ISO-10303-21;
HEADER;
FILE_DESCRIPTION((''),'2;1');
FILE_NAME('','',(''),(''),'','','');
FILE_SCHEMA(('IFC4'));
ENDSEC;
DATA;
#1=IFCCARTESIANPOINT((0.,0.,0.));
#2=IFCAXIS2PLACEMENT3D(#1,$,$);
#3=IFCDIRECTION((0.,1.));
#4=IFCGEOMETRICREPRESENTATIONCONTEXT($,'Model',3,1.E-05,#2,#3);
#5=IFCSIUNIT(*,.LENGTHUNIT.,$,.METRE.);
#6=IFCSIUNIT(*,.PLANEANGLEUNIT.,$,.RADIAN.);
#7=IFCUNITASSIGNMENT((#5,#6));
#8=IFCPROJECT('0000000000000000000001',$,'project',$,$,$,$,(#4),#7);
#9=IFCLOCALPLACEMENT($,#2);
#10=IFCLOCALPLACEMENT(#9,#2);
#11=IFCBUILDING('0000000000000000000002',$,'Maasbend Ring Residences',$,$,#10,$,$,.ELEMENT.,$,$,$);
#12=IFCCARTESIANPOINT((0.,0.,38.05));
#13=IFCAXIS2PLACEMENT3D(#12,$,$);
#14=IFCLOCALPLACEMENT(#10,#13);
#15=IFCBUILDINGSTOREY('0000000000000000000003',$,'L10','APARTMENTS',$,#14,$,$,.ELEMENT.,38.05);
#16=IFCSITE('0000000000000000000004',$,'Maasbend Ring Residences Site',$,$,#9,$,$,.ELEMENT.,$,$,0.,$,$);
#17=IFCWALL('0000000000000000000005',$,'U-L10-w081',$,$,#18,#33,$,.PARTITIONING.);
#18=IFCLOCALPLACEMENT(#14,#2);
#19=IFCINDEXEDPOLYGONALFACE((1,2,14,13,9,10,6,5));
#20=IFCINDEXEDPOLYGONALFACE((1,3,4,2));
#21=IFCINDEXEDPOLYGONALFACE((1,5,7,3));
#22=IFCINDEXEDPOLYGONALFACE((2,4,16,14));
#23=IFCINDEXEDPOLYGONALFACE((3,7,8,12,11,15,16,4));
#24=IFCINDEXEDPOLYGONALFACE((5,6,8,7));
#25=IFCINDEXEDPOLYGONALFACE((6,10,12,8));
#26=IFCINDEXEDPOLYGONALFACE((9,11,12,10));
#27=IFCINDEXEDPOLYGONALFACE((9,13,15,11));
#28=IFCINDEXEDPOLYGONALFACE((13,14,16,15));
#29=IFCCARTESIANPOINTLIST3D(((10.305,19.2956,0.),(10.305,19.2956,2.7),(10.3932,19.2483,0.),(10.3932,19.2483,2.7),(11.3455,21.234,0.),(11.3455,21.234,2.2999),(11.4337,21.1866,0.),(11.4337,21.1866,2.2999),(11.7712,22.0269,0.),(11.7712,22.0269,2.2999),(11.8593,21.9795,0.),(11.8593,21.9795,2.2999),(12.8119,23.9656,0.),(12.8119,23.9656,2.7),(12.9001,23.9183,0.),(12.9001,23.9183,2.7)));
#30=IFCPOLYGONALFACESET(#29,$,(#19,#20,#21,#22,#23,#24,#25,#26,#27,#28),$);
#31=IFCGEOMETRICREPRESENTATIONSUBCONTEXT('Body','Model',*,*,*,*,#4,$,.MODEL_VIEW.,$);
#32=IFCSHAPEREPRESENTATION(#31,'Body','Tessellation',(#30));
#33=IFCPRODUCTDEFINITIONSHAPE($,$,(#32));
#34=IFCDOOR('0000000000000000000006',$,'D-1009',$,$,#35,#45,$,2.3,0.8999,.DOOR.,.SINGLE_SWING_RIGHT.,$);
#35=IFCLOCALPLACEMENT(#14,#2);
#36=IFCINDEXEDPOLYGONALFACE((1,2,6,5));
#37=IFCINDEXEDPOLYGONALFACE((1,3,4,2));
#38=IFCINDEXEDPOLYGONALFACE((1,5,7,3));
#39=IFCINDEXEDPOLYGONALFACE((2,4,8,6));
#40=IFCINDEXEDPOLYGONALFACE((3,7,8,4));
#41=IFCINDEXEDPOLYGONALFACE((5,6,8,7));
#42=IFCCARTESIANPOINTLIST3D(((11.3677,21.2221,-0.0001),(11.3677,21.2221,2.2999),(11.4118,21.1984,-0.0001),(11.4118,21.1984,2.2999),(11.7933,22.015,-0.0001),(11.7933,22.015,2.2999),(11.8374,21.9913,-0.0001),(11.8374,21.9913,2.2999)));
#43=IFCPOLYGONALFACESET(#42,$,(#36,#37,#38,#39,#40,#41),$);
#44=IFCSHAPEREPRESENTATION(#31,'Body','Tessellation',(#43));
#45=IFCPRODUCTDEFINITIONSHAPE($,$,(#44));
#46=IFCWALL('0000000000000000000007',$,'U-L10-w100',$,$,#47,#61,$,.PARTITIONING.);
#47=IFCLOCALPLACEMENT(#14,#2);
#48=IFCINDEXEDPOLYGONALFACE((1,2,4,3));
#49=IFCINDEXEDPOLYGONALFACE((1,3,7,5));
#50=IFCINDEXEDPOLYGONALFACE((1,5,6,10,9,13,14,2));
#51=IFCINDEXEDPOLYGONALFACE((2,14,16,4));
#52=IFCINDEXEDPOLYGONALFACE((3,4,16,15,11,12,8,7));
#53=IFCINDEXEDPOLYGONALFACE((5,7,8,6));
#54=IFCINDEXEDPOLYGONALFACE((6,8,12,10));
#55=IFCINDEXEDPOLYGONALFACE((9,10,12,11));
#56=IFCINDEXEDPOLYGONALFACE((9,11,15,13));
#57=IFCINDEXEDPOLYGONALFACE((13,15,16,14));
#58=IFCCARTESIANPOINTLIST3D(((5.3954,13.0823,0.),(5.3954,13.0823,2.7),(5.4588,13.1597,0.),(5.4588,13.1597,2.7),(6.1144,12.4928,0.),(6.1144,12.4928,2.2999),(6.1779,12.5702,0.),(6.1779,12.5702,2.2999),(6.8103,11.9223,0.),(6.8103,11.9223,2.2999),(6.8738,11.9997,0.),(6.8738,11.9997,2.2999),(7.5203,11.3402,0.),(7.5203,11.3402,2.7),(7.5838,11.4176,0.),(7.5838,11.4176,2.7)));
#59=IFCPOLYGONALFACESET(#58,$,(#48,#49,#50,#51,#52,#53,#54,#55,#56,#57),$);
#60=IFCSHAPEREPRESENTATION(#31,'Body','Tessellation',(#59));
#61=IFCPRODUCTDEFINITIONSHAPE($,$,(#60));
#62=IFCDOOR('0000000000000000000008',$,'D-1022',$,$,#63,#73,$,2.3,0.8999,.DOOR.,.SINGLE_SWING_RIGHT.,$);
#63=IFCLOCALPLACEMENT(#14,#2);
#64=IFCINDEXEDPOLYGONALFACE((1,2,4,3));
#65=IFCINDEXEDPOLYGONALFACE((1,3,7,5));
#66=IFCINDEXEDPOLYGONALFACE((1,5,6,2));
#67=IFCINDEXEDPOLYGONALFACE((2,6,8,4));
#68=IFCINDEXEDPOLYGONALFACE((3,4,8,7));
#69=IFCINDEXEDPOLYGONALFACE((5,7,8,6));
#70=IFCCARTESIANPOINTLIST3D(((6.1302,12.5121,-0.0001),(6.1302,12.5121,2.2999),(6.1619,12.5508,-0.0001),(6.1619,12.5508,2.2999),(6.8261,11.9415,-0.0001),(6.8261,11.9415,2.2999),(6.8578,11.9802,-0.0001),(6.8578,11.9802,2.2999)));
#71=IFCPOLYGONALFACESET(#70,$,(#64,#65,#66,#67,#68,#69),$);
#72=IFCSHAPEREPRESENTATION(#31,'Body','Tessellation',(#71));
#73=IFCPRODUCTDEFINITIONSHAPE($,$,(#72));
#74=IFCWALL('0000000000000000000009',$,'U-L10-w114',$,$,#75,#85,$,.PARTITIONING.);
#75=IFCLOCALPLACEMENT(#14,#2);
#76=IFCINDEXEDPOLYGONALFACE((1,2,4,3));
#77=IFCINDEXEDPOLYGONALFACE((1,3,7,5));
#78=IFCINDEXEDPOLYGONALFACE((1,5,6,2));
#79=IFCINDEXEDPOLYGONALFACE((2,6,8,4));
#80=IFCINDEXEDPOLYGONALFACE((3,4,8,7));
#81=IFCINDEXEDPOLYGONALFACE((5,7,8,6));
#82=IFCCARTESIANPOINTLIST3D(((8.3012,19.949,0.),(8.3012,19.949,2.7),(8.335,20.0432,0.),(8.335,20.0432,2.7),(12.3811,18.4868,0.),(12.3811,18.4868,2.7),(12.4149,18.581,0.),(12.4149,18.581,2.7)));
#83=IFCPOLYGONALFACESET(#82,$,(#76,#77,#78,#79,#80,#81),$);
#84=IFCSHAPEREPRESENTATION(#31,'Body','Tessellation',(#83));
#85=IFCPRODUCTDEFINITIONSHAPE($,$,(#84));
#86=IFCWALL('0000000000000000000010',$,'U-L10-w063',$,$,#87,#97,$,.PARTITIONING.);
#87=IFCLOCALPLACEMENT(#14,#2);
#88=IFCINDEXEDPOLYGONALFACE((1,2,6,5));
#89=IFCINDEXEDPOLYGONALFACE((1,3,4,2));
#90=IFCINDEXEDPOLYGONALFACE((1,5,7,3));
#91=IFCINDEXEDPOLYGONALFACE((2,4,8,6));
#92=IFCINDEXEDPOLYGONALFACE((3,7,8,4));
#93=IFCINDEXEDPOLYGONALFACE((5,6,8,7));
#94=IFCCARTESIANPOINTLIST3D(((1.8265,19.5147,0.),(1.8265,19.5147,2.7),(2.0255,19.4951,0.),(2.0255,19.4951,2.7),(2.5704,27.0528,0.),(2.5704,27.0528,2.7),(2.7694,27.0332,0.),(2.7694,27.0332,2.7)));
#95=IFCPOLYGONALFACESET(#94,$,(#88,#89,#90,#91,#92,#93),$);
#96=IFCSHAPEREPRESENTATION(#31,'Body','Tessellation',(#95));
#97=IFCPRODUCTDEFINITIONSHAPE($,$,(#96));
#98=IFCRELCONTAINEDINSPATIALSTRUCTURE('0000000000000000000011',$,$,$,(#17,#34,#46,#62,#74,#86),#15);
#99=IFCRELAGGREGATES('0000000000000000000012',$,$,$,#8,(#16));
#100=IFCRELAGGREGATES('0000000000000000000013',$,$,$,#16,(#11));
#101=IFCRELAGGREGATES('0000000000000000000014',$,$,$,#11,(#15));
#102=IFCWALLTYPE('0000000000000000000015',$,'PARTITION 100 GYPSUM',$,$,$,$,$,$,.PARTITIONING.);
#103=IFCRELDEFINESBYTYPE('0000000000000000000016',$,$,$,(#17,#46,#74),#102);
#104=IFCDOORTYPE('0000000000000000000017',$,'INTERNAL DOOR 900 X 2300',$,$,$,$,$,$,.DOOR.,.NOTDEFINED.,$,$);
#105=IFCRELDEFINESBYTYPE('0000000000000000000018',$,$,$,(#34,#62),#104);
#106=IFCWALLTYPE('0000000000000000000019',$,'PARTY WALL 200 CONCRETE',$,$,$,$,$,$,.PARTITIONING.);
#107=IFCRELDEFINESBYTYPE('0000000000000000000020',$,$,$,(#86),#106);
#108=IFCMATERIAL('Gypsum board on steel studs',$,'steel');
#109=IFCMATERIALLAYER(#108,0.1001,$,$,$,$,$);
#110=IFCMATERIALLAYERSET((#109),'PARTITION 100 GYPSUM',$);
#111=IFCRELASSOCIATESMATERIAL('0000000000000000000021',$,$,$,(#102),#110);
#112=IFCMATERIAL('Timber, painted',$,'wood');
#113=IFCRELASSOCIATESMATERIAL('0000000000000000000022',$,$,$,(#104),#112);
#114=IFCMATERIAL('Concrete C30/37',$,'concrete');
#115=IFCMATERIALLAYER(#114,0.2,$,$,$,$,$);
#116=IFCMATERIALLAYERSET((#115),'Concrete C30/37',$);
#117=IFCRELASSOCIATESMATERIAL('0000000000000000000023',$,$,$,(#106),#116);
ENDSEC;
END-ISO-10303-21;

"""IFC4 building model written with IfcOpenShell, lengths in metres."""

from ifc_helpers import new_model, si_unit, direction, frame, frame_2d, origin, place, context, subcontext, project, spatial, rectangle, extrude, material, layer, layer_set, type_object, element, fill, save


model = new_model("IFC4")

# Units and contexts
model_context = context("Model", 3, precision=1e-05, world=origin(), true_north=direction((0.0, 1.0)))
body_context = subcontext(model_context, "Body", "Model", "MODEL_VIEW")
ifc_project = project(units=[si_unit("LENGTHUNIT", "METRE"), si_unit("PLANEANGLEUNIT", "RADIAN")], contexts=[model_context])

# Site, building, storey
site_placement = place(None, origin())
site = spatial("IfcSite", under=ifc_project, at=site_placement, Name="Maasbend Ring Residences Site", CompositionType="ELEMENT", RefElevation=0.0)
building_placement = place(site_placement, origin())
building = spatial("IfcBuilding", under=site, at=building_placement, Name="Maasbend Ring Residences", CompositionType="ELEMENT")
storey_placement = place(building_placement, frame((0.0, 0.0, 38.05)))
storey = spatial("IfcBuildingStorey", under=building, at=storey_placement, Name="L10", Description="APARTMENTS", CompositionType="ELEMENT", Elevation=38.05)

# Shared definitions
ifc_material_1 = material(Name="Gypsum board on steel studs", Category="steel")
ifc_layer_1 = layer(ifc_material_1, 0.1001)
ifc_layer_set_1 = layer_set([ifc_layer_1], Name="PARTITION 100 GYPSUM")
wall_type_1 = type_object("IfcWallType", Name="PARTITION 100 GYPSUM", PredefinedType="PARTITIONING", material=ifc_layer_set_1)
ifc_material_2 = material(Name="Timber, painted", Category="wood")
door_type_1 = type_object("IfcDoorType", Name="INTERNAL DOOR 900 X 2300", OperationType="NOTDEFINED", PredefinedType="DOOR", material=ifc_material_2)

# Walls, openings, doors
wall_1_placement = place(storey_placement, frame((10.3491, 19.272, 0.0), z_axis=(0.0, 0.0, 1.0), x_axis=(0.472968, 0.88108, 0.0)))
wall_1 = element("IfcWall", 1, at=wall_1_placement, inside=storey, type_object=wall_type_1, Name="U-L10-w081", PredefinedType="PARTITIONING", context=body_context, shape_type="SweptSolid", body=[
    extrude(rectangle(XDim=5.3003, YDim=0.1001, at=frame_2d((2.6501, 0.0))), origin(), (0.0, 0.0, 1.0), 2.7),
])
opening_1_placement = place(wall_1_placement, frame((2.2, 0.0, 0.0)))
opening_1 = element("IfcOpeningElement", 2, at=opening_1_placement, cuts=wall_1, PredefinedType="OPENING", context=body_context, shape_type="SweptSolid", body=[
    extrude(rectangle(XDim=0.8999, YDim=2.3, at=frame_2d((0.45, 1.1499))), frame((0.0, 0.0601, 0.0), z_axis=(0.0, -1.0, 0.0), x_axis=(1.0, 0.0, 0.0)), (0.0, 0.0, 1.0), 0.1201),
])
door_1_placement = place(opening_1_placement, origin())
door_1 = element("IfcDoor", 3, at=door_1_placement, inside=storey, type_object=door_type_1, Name="D-1009", OperationType="SINGLE_SWING_RIGHT", OverallHeight=2.3, OverallWidth=0.8999, PredefinedType="DOOR", context=body_context, shape_type="SweptSolid", body=[
    extrude(rectangle(XDim=0.8999, YDim=2.3, at=frame_2d((0.45, 1.1499))), frame((0.0, 0.0249, 0.0), z_axis=(0.0, -1.0, 0.0), x_axis=(1.0, 0.0, 0.0)), (0.0, 0.0, 1.0), 0.05),
])
fill(opening_1, door_1)
wall_2_placement = place(storey_placement, frame((5.427, 13.1211, 0.0), z_axis=(0.0, 0.0, 1.0), x_axis=(0.773324, -0.634012, 0.0)))
wall_2 = element("IfcWall", 4, at=wall_2_placement, inside=storey, type_object=wall_type_1, Name="U-L10-w100", PredefinedType="PARTITIONING", context=body_context, shape_type="SweptSolid", body=[
    extrude(rectangle(XDim=2.7478, YDim=0.1001, at=frame_2d((1.374, 0.0))), origin(), (0.0, 0.0, 1.0), 2.7),
])
opening_2_placement = place(wall_2_placement, frame((0.9299, 0.0, 0.0)))
opening_2 = element("IfcOpeningElement", 5, at=opening_2_placement, cuts=wall_2, PredefinedType="OPENING", context=body_context, shape_type="SweptSolid", body=[
    extrude(rectangle(XDim=0.8999, YDim=2.3, at=frame_2d((0.45, 1.1499))), frame((0.0, 0.0601, 0.0), z_axis=(0.0, -1.0, 0.0), x_axis=(1.0, 0.0, 0.0)), (0.0, 0.0, 1.0), 0.1201),
])
door_2_placement = place(opening_2_placement, origin())
door_2 = element("IfcDoor", 6, at=door_2_placement, inside=storey, type_object=door_type_1, Name="D-1022", OperationType="SINGLE_SWING_RIGHT", OverallHeight=2.3, OverallWidth=0.8999, PredefinedType="DOOR", context=body_context, shape_type="SweptSolid", body=[
    extrude(rectangle(XDim=0.8999, YDim=2.3, at=frame_2d((0.45, 1.1499))), frame((0.0, 0.0249, 0.0), z_axis=(0.0, -1.0, 0.0), x_axis=(1.0, 0.0, 0.0)), (0.0, 0.0, 1.0), 0.05),
])
fill(opening_2, door_2)

# Walls
wall_3_placement = place(storey_placement, frame((8.3181, 19.9961, 0.0), z_axis=(0.0, 0.0, 1.0), x_axis=(0.94137, -0.337375, 0.0)))
element("IfcWall", 7, at=wall_3_placement, inside=storey, type_object=wall_type_1, Name="U-L10-w114", PredefinedType="PARTITIONING", context=body_context, shape_type="SweptSolid", body=[
    extrude(rectangle(XDim=4.334, YDim=0.1001, at=frame_2d((2.167, 0.0))), origin(), (0.0, 0.0, 1.0), 2.7),
])
ifc_material_3 = material(Name="Concrete C30/37", Category="concrete")
ifc_layer_2 = layer(ifc_material_3, 0.2)
ifc_layer_set_2 = layer_set([ifc_layer_2], Name="Concrete C30/37")
wall_type_2 = type_object("IfcWallType", Name="PARTY WALL 200 CONCRETE", PredefinedType="PARTITIONING", material=ifc_layer_set_2)
wall_4_placement = place(storey_placement, frame((1.926, 19.5049, 0.0), z_axis=(0.0, 0.0, 1.0), x_axis=(0.098208, 0.995166, 0.0)))
element("IfcWall", 8, at=wall_4_placement, inside=storey, type_object=wall_type_2, Name="U-L10-w063", PredefinedType="PARTITIONING", context=body_context, shape_type="SweptSolid", body=[
    extrude(rectangle(XDim=7.5747, YDim=0.2, at=frame_2d((3.7874, 0.0))), origin(), (0.0, 0.0, 1.0), 2.7),
])

save(model, "model.ifc")
